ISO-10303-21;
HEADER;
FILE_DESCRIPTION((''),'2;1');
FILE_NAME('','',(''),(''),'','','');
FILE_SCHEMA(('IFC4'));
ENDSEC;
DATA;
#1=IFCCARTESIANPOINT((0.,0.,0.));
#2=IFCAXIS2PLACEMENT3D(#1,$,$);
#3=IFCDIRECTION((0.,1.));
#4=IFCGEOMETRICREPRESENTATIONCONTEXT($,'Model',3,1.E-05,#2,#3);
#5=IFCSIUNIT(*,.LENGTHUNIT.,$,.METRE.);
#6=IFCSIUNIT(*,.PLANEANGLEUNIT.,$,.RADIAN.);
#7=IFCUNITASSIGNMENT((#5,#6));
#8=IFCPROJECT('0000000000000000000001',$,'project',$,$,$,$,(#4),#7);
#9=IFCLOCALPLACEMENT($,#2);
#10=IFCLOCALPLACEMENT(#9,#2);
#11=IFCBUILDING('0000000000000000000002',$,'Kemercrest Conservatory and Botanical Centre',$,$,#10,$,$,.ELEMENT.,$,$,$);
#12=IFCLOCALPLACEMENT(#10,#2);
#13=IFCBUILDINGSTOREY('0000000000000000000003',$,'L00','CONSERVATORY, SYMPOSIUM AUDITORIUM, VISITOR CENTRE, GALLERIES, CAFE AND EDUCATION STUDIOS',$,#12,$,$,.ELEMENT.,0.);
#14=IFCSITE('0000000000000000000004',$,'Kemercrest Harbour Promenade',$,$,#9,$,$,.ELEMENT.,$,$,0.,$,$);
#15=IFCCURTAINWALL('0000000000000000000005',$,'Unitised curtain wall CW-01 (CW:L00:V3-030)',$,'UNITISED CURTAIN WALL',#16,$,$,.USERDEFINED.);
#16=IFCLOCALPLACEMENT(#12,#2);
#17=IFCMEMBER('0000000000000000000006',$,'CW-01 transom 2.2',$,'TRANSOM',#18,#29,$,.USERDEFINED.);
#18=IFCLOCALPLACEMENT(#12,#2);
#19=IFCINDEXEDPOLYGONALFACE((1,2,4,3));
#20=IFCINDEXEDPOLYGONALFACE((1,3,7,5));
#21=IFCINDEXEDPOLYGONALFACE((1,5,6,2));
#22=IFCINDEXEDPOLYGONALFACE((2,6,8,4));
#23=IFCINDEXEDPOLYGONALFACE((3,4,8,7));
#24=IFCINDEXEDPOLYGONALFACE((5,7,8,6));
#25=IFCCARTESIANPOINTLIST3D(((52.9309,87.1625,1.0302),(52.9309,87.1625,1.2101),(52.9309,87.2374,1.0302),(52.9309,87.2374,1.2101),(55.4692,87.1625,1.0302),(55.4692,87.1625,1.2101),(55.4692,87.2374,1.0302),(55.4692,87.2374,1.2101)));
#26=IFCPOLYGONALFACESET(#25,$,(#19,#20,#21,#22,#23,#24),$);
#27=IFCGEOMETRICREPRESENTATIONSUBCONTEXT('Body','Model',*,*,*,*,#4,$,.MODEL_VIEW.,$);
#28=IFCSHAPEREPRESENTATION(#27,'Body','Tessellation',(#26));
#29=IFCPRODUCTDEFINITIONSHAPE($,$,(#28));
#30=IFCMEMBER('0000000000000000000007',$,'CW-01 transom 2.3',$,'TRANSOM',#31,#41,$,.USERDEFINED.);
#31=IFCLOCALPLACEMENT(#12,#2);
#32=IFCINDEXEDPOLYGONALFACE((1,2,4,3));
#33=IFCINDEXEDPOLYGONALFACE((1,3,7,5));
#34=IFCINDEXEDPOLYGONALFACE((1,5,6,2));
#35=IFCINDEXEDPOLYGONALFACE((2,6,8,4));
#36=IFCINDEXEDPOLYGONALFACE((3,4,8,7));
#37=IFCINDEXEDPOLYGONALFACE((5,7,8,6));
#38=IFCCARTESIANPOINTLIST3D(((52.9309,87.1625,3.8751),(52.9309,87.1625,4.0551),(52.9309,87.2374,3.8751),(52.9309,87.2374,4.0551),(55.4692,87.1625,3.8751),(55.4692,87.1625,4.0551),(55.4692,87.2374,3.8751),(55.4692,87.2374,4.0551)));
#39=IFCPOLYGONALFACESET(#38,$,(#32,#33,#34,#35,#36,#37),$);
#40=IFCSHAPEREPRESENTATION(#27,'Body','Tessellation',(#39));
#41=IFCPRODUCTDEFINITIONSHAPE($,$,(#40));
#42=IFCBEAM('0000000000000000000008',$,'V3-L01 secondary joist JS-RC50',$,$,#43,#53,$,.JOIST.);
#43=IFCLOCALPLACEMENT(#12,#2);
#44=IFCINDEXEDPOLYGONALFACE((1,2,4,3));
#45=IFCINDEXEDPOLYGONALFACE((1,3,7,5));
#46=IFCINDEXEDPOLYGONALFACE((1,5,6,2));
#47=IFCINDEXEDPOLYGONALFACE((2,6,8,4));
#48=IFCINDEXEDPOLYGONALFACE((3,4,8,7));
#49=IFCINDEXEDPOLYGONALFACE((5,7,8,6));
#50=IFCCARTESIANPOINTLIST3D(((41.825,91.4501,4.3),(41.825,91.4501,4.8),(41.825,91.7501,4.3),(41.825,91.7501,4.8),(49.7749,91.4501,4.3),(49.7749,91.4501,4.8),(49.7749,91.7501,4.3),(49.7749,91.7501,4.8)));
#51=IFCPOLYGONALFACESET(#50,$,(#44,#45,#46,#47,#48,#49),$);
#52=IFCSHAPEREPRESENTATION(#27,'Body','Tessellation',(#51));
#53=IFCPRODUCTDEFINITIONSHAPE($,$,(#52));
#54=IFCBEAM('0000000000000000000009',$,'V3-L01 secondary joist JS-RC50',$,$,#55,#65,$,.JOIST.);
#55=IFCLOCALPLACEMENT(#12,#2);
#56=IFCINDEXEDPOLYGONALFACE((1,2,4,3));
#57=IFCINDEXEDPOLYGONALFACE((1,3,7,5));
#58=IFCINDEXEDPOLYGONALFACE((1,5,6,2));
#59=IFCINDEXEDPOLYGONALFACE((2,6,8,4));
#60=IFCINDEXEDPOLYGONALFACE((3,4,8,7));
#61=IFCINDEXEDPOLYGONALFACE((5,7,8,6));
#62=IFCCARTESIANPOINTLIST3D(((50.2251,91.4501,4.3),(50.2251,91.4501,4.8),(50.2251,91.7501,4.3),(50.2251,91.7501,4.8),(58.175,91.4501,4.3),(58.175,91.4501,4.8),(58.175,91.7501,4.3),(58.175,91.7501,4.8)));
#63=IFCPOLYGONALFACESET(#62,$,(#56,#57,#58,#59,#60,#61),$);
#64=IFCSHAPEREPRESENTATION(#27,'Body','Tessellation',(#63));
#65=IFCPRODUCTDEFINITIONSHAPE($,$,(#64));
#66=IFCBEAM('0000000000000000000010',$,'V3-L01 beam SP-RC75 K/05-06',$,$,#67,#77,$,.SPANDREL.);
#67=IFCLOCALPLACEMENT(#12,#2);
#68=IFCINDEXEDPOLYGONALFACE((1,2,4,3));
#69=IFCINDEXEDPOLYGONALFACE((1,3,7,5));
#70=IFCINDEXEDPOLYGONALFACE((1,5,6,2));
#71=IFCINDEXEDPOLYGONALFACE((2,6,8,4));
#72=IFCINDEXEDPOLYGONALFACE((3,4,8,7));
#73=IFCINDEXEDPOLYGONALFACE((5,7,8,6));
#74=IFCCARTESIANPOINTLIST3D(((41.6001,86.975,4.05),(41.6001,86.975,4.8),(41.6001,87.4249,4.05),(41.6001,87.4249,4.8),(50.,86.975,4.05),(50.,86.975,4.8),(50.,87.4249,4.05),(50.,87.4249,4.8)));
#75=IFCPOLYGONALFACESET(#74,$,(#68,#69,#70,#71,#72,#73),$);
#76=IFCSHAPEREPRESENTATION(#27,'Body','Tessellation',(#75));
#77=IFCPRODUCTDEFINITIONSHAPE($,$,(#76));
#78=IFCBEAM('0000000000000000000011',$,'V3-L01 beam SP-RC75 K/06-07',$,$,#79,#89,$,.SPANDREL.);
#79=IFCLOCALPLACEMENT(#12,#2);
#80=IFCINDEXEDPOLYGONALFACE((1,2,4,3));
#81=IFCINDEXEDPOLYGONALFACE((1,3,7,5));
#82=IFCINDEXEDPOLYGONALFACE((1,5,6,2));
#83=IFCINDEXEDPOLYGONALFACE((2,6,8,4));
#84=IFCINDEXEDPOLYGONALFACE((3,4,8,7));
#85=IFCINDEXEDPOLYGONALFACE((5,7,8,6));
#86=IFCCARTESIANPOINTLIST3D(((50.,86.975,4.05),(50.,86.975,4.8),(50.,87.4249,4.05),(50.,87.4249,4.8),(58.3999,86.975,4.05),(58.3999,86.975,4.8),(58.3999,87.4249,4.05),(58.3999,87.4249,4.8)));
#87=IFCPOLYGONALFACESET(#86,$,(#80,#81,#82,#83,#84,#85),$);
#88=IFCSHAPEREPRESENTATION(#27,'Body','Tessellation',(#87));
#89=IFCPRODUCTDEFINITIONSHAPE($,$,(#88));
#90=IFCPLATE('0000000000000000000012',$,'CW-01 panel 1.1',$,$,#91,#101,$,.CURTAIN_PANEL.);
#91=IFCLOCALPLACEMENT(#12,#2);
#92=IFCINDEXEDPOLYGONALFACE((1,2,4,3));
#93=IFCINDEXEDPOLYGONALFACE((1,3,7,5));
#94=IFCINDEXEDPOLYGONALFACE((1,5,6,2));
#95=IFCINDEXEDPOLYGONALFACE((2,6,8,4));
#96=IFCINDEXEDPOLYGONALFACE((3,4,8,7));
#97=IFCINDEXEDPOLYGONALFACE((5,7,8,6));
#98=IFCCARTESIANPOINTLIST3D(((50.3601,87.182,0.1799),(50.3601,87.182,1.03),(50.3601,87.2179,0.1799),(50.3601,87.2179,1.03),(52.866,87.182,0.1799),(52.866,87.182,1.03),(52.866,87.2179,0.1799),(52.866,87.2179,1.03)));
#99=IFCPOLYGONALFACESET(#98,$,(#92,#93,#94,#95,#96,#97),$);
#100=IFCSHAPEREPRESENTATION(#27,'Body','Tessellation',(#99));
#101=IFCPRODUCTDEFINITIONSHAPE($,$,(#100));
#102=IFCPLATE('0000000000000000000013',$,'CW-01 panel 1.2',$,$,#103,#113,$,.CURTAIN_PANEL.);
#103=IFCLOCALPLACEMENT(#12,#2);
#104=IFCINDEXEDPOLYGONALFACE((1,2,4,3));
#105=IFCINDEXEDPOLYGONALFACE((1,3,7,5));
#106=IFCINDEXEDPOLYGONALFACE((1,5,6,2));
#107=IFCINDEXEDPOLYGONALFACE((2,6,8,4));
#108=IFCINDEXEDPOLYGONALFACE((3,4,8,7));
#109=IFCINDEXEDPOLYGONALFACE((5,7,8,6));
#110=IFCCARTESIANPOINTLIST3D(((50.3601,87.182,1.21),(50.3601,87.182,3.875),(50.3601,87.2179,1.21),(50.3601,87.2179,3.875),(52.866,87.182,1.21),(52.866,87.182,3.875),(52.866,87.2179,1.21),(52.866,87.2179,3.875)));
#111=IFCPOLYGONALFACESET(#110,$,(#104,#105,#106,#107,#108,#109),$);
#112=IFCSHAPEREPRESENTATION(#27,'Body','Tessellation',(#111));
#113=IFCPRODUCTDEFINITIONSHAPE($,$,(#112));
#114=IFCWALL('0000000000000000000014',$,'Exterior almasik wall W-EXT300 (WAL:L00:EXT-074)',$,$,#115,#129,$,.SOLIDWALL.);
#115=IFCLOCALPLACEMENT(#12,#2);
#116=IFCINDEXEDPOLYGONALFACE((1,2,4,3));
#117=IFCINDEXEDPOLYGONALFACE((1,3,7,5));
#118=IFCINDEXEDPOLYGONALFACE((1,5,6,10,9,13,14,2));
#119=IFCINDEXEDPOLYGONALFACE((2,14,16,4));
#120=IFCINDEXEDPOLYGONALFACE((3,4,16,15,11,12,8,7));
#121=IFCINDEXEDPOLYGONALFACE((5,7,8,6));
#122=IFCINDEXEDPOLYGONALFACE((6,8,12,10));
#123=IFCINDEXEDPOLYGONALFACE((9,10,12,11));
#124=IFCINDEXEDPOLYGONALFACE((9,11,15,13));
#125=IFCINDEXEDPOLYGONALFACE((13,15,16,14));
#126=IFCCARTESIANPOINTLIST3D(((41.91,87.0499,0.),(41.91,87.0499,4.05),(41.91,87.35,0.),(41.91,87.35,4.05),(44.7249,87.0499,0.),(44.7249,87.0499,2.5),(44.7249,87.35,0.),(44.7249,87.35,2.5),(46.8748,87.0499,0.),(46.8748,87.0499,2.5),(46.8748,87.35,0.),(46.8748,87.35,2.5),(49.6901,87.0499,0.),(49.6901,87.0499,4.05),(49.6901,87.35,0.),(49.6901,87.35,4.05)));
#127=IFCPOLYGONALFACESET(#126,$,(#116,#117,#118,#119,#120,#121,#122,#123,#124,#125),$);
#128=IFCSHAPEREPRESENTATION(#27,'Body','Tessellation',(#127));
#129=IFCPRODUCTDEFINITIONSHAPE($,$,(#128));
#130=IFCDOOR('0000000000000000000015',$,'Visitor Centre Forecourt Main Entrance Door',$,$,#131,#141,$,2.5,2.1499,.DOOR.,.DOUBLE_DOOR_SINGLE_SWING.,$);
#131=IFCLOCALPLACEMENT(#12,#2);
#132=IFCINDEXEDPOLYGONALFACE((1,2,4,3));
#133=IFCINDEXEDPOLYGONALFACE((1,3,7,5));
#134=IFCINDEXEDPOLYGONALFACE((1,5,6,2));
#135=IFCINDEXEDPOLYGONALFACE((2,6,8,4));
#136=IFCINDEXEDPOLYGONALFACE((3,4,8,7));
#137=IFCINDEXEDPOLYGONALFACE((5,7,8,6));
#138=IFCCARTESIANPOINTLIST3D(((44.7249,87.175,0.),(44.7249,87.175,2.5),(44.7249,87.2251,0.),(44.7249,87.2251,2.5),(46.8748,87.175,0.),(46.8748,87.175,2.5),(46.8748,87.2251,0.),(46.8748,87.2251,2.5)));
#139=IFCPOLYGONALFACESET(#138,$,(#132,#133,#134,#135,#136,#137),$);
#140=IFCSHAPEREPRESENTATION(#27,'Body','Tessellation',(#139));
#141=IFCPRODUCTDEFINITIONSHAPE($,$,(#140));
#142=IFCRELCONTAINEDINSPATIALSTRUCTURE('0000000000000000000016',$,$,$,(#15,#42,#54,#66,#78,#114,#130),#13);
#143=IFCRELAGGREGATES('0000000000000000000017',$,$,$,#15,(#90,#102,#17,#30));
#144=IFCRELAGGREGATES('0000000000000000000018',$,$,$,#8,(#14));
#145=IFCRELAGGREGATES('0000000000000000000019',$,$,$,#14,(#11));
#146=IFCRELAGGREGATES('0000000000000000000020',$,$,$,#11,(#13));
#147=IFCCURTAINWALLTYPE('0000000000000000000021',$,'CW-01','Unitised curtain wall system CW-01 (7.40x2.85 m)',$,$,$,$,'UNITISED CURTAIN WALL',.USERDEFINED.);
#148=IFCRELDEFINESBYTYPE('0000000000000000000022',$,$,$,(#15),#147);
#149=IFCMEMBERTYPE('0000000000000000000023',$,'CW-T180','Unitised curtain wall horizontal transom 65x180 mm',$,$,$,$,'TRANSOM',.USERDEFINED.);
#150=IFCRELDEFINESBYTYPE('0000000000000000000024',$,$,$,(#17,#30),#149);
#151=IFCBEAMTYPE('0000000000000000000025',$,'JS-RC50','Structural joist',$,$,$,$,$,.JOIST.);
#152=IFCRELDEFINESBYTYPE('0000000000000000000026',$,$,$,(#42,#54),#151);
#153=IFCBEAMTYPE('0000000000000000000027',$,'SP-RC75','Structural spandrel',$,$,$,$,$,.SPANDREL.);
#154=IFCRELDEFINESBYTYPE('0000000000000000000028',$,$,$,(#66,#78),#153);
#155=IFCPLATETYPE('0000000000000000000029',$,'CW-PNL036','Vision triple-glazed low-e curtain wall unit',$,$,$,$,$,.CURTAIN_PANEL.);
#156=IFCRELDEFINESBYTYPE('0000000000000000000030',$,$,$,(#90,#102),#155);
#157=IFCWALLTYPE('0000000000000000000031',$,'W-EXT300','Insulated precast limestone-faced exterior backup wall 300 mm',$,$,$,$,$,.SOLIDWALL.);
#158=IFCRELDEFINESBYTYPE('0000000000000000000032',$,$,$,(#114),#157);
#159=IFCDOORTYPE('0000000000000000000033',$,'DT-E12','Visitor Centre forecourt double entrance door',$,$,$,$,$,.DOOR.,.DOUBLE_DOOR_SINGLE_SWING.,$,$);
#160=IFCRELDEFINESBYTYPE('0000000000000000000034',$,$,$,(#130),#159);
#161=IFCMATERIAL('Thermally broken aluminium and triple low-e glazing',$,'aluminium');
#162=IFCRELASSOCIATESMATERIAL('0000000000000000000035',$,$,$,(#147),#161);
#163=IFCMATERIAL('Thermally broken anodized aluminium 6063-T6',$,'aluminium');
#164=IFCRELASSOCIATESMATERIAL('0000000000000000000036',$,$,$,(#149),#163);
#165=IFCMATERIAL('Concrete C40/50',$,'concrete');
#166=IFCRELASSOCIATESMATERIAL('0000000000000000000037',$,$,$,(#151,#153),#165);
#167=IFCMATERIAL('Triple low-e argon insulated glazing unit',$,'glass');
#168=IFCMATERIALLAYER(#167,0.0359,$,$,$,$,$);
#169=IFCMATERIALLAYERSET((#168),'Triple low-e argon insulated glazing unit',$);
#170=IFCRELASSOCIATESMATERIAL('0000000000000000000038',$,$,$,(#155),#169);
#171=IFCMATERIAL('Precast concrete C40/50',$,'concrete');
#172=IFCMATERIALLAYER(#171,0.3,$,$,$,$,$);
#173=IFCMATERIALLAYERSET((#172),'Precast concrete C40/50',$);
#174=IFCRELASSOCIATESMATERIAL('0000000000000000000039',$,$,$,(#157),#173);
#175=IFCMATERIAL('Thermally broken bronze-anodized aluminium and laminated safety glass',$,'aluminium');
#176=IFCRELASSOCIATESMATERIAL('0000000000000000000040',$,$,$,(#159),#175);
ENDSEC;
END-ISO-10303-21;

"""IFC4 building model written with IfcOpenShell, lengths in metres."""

from ifc_helpers import new_model, si_unit, direction, frame, frame_2d, origin, origin_2d, place, context, subcontext, project, spatial, rectangle, extrude, material, layer, layer_set, material_profile, profile_set, type_object, element, fill, aggregate, save


model = new_model("IFC4")

# Units and contexts
model_context = context("Model", 3, precision=1e-05, world=origin(), true_north=direction((0.0, 1.0)))
body_context = subcontext(model_context, "Body", "Model", "MODEL_VIEW")
ifc_project = project(units=[si_unit("LENGTHUNIT", "METRE"), si_unit("PLANEANGLEUNIT", "RADIAN")], contexts=[model_context])

# Site, building, storey
site_placement = place(None, origin())
site = spatial("IfcSite", under=ifc_project, at=site_placement, Name="Kemercrest Harbour Promenade", CompositionType="ELEMENT", RefElevation=0.0)
building_placement = place(site_placement, origin())
building = spatial("IfcBuilding", under=site, at=building_placement, Name="Kemercrest Conservatory and Botanical Centre", CompositionType="ELEMENT")
storey_placement = place(building_placement, origin())
storey = spatial("IfcBuildingStorey", under=building, at=storey_placement, Name="L00", Description="CONSERVATORY, SYMPOSIUM AUDITORIUM, VISITOR CENTRE, GALLERIES, CAFE AND EDUCATION STUDIOS", CompositionType="ELEMENT", Elevation=0.0)

# Shared definitions
ifc_material_1 = material(Name="Concrete C40/50", Category="concrete")

# Curtain wall, members
ifc_material_2 = material(Name="Thermally broken aluminium and triple low-e glazing", Category="aluminium")
curtain_wall_type = type_object("IfcCurtainWallType", Name="CW-01", Description="Unitised curtain wall system CW-01 (7.40x2.85 m)", ElementType="UNITISED CURTAIN WALL", PredefinedType="USERDEFINED", material=ifc_material_2)
curtain_wall_placement = place(storey_placement, origin())
curtain_wall = element("IfcCurtainWall", 1, at=curtain_wall_placement, inside=storey, type_object=curtain_wall_type, Name="Unitised curtain wall CW-01 (CW:L00:V3-030)", ObjectType="UNITISED CURTAIN WALL", PredefinedType="USERDEFINED")
ifc_material_3 = material(Name="Thermally broken anodized aluminium 6063-T6", Category="aluminium")
ifc_material_profile_1 = material_profile(ifc_material_3, rectangle(XDim=0.075, YDim=0.1799, at=origin_2d()), Name="AL TRANSOM 75x180")
ifc_profile_set_1 = profile_set([ifc_material_profile_1], Name="Thermally broken anodized aluminium 6063-T6")
member_type_1 = type_object("IfcMemberType", Name="CW-T180", Description="Unitised curtain wall horizontal transom 65x180 mm", ElementType="TRANSOM", PredefinedType="USERDEFINED", material=ifc_profile_set_1)
member_1_placement = place(storey_placement, frame((52.9309, 87.2, 1.1201), z_axis=(1.0, 0.0, 0.0), x_axis=(0.0, 1.0, 0.0)))
member_1 = element("IfcMember", 2, at=member_1_placement, type_object=member_type_1, Name="CW-01 transom 2.2", ObjectType="TRANSOM", PredefinedType="USERDEFINED", context=body_context, shape_type="SweptSolid", body=[
    extrude(rectangle(XDim=0.075, YDim=0.1799, at=origin_2d()), origin(), (0.0, 0.0, 1.0), 2.5383),
])
member_2_placement = place(storey_placement, frame((52.9309, 87.2, 3.9651), z_axis=(1.0, 0.0, 0.0), x_axis=(0.0, 1.0, 0.0)))
member_2 = element("IfcMember", 3, at=member_2_placement, type_object=member_type_1, Name="CW-01 transom 2.3", ObjectType="TRANSOM", PredefinedType="USERDEFINED", context=body_context, shape_type="SweptSolid", body=[
    extrude(rectangle(XDim=0.075, YDim=0.1799, at=origin_2d()), origin(), (0.0, 0.0, 1.0), 2.5383),
])

# Beams
ifc_material_profile_2 = material_profile(ifc_material_1, rectangle(XDim=0.3, YDim=0.5, at=origin_2d()), Name="RC 300x500")
ifc_profile_set_2 = profile_set([ifc_material_profile_2], Name="Concrete C40/50")
beam_type_1 = type_object("IfcBeamType", Name="JS-RC50", Description="Structural joist", PredefinedType="JOIST", material=ifc_profile_set_2)
for number, where, z_axis, x_axis, name in (
    (4, (41.825, 91.6001, 4.55), (1.0, 0.0, 0.0), (0.0, 1.0, 0.0), "V3-L01 secondary joist JS-RC50"),
    (5, (50.2251, 91.6001, 4.55), (1.0, 0.0, 0.0), (0.0, 1.0, 0.0), "V3-L01 secondary joist JS-RC50"),
):
    element("IfcBeam", number, at=place(storey_placement, frame(where, z_axis=z_axis, x_axis=x_axis)), inside=storey, type_object=beam_type_1, Name=name, PredefinedType="JOIST", context=body_context, shape_type="SweptSolid", body=[
        extrude(rectangle(XDim=0.3, YDim=0.5, at=origin_2d()), origin(), (0.0, 0.0, 1.0), 7.95),
    ])
ifc_material_profile_3 = material_profile(ifc_material_1, rectangle(XDim=0.45, YDim=0.75, at=origin_2d()), Name="RC 450x750")
ifc_profile_set_3 = profile_set([ifc_material_profile_3], Name="Concrete C40/50")
beam_type_2 = type_object("IfcBeamType", Name="SP-RC75", Description="Structural spandrel", PredefinedType="SPANDREL", material=ifc_profile_set_3)
for number, where, z_axis, x_axis, name in (
    (6, (41.6001, 87.2, 4.425), (1.0, 0.0, 0.0), (0.0, 1.0, 0.0), "V3-L01 beam SP-RC75 K/05-06"),
    (7, (50.0, 87.2, 4.425), (1.0, 0.0, 0.0), (0.0, 1.0, 0.0), "V3-L01 beam SP-RC75 K/06-07"),
):
    element("IfcBeam", number, at=place(storey_placement, frame(where, z_axis=z_axis, x_axis=x_axis)), inside=storey, type_object=beam_type_2, Name=name, PredefinedType="SPANDREL", context=body_context, shape_type="SweptSolid", body=[
        extrude(rectangle(XDim=0.45, YDim=0.75, at=origin_2d()), origin(), (0.0, 0.0, 1.0), 8.3999),
    ])

# Plates
ifc_material_4 = material(Name="Triple low-e argon insulated glazing unit", Category="glass")
ifc_layer_1 = layer(ifc_material_4, 0.0359)
ifc_layer_set_1 = layer_set([ifc_layer_1], Name="Triple low-e argon insulated glazing unit")
plate_type = type_object("IfcPlateType", Name="CW-PNL036", Description="Vision triple-glazed low-e curtain wall unit", PredefinedType="CURTAIN_PANEL", material=ifc_layer_set_1)
plate_1_placement = place(storey_placement, frame((51.613, 87.2, 0.1799), z_axis=(0.0, 0.0, 1.0), x_axis=(1.0, 0.0, 0.0)))
plate_1 = element("IfcPlate", 8, at=plate_1_placement, type_object=plate_type, Name="CW-01 panel 1.1", PredefinedType="CURTAIN_PANEL", context=body_context, shape_type="SweptSolid", body=[
    extrude(rectangle(XDim=2.5059, YDim=0.0359, at=origin_2d()), origin(), (0.0, 0.0, 1.0), 0.8501),
])
plate_2_placement = place(storey_placement, frame((51.613, 87.2, 1.21), z_axis=(0.0, 0.0, 1.0), x_axis=(1.0, 0.0, 0.0)))
plate_2 = element("IfcPlate", 9, at=plate_2_placement, type_object=plate_type, Name="CW-01 panel 1.2", PredefinedType="CURTAIN_PANEL", context=body_context, shape_type="SweptSolid", body=[
    extrude(rectangle(XDim=2.5059, YDim=0.0359, at=origin_2d()), origin(), (0.0, 0.0, 1.0), 2.665),
])
aggregate(curtain_wall, [plate_1, plate_2, member_1, member_2])

# Wall, opening, door
ifc_material_5 = material(Name="Precast concrete C40/50", Category="concrete")
ifc_layer_2 = layer(ifc_material_5, 0.3)
ifc_layer_set_2 = layer_set([ifc_layer_2], Name="Precast concrete C40/50")
wall_type = type_object("IfcWallType", Name="W-EXT300", Description="Insulated precast limestone-faced exterior backup wall 300 mm", PredefinedType="SOLIDWALL", material=ifc_layer_set_2)
wall_placement = place(storey_placement, frame((41.9099, 87.2, 0.0), z_axis=(0.0, 0.0, 1.0), x_axis=(1.0, 0.0, 0.0)))
wall = element("IfcWall", 10, at=wall_placement, inside=storey, type_object=wall_type, Name="Exterior almasik wall W-EXT300 (WAL:L00:EXT-074)", PredefinedType="SOLIDWALL", context=body_context, shape_type="SweptSolid", body=[
    extrude(rectangle(XDim=7.78, YDim=0.3, at=frame_2d((3.8901, 0.0))), origin(), (0.0, 0.0, 1.0), 4.05),
])
opening_placement = place(wall_placement, frame((2.8149, 0.0, 0.0)))
opening = element("IfcOpeningElement", 11, at=opening_placement, cuts=wall, PredefinedType="OPENING", context=body_context, shape_type="SweptSolid", body=[
    extrude(rectangle(XDim=2.1499, YDim=2.5, at=frame_2d((1.075, 1.25))), frame((0.0, 0.1602, 0.0), z_axis=(0.0, -1.0, 0.0), x_axis=(1.0, 0.0, 0.0)), (0.0, 0.0, 1.0), 0.3201),
])
ifc_material_6 = material(Name="Thermally broken bronze-anodized aluminium and laminated safety glass", Category="aluminium")
door_type = type_object("IfcDoorType", Name="DT-E12", Description="Visitor Centre forecourt double entrance door", OperationType="DOUBLE_DOOR_SINGLE_SWING", PredefinedType="DOOR", material=ifc_material_6)
door_placement = place(opening_placement, frame((2.1499, 0.0, 0.0), z_axis=(0.0, 0.0, 1.0), x_axis=(-1.0, 0.0, 0.0)))
door = element("IfcDoor", 12, at=door_placement, inside=storey, type_object=door_type, Name="Visitor Centre Forecourt Main Entrance Door", OperationType="DOUBLE_DOOR_SINGLE_SWING", OverallHeight=2.5, OverallWidth=2.1499, PredefinedType="DOOR", context=body_context, shape_type="SweptSolid", body=[
    extrude(rectangle(XDim=2.1499, YDim=2.5, at=frame_2d((1.075, 1.25))), frame((0.0, 0.0249, 0.0), z_axis=(0.0, -1.0, 0.0), x_axis=(1.0, 0.0, 0.0)), (0.0, 0.0, 1.0), 0.05),
])
fill(opening, door)

save(model, "model.ifc")
